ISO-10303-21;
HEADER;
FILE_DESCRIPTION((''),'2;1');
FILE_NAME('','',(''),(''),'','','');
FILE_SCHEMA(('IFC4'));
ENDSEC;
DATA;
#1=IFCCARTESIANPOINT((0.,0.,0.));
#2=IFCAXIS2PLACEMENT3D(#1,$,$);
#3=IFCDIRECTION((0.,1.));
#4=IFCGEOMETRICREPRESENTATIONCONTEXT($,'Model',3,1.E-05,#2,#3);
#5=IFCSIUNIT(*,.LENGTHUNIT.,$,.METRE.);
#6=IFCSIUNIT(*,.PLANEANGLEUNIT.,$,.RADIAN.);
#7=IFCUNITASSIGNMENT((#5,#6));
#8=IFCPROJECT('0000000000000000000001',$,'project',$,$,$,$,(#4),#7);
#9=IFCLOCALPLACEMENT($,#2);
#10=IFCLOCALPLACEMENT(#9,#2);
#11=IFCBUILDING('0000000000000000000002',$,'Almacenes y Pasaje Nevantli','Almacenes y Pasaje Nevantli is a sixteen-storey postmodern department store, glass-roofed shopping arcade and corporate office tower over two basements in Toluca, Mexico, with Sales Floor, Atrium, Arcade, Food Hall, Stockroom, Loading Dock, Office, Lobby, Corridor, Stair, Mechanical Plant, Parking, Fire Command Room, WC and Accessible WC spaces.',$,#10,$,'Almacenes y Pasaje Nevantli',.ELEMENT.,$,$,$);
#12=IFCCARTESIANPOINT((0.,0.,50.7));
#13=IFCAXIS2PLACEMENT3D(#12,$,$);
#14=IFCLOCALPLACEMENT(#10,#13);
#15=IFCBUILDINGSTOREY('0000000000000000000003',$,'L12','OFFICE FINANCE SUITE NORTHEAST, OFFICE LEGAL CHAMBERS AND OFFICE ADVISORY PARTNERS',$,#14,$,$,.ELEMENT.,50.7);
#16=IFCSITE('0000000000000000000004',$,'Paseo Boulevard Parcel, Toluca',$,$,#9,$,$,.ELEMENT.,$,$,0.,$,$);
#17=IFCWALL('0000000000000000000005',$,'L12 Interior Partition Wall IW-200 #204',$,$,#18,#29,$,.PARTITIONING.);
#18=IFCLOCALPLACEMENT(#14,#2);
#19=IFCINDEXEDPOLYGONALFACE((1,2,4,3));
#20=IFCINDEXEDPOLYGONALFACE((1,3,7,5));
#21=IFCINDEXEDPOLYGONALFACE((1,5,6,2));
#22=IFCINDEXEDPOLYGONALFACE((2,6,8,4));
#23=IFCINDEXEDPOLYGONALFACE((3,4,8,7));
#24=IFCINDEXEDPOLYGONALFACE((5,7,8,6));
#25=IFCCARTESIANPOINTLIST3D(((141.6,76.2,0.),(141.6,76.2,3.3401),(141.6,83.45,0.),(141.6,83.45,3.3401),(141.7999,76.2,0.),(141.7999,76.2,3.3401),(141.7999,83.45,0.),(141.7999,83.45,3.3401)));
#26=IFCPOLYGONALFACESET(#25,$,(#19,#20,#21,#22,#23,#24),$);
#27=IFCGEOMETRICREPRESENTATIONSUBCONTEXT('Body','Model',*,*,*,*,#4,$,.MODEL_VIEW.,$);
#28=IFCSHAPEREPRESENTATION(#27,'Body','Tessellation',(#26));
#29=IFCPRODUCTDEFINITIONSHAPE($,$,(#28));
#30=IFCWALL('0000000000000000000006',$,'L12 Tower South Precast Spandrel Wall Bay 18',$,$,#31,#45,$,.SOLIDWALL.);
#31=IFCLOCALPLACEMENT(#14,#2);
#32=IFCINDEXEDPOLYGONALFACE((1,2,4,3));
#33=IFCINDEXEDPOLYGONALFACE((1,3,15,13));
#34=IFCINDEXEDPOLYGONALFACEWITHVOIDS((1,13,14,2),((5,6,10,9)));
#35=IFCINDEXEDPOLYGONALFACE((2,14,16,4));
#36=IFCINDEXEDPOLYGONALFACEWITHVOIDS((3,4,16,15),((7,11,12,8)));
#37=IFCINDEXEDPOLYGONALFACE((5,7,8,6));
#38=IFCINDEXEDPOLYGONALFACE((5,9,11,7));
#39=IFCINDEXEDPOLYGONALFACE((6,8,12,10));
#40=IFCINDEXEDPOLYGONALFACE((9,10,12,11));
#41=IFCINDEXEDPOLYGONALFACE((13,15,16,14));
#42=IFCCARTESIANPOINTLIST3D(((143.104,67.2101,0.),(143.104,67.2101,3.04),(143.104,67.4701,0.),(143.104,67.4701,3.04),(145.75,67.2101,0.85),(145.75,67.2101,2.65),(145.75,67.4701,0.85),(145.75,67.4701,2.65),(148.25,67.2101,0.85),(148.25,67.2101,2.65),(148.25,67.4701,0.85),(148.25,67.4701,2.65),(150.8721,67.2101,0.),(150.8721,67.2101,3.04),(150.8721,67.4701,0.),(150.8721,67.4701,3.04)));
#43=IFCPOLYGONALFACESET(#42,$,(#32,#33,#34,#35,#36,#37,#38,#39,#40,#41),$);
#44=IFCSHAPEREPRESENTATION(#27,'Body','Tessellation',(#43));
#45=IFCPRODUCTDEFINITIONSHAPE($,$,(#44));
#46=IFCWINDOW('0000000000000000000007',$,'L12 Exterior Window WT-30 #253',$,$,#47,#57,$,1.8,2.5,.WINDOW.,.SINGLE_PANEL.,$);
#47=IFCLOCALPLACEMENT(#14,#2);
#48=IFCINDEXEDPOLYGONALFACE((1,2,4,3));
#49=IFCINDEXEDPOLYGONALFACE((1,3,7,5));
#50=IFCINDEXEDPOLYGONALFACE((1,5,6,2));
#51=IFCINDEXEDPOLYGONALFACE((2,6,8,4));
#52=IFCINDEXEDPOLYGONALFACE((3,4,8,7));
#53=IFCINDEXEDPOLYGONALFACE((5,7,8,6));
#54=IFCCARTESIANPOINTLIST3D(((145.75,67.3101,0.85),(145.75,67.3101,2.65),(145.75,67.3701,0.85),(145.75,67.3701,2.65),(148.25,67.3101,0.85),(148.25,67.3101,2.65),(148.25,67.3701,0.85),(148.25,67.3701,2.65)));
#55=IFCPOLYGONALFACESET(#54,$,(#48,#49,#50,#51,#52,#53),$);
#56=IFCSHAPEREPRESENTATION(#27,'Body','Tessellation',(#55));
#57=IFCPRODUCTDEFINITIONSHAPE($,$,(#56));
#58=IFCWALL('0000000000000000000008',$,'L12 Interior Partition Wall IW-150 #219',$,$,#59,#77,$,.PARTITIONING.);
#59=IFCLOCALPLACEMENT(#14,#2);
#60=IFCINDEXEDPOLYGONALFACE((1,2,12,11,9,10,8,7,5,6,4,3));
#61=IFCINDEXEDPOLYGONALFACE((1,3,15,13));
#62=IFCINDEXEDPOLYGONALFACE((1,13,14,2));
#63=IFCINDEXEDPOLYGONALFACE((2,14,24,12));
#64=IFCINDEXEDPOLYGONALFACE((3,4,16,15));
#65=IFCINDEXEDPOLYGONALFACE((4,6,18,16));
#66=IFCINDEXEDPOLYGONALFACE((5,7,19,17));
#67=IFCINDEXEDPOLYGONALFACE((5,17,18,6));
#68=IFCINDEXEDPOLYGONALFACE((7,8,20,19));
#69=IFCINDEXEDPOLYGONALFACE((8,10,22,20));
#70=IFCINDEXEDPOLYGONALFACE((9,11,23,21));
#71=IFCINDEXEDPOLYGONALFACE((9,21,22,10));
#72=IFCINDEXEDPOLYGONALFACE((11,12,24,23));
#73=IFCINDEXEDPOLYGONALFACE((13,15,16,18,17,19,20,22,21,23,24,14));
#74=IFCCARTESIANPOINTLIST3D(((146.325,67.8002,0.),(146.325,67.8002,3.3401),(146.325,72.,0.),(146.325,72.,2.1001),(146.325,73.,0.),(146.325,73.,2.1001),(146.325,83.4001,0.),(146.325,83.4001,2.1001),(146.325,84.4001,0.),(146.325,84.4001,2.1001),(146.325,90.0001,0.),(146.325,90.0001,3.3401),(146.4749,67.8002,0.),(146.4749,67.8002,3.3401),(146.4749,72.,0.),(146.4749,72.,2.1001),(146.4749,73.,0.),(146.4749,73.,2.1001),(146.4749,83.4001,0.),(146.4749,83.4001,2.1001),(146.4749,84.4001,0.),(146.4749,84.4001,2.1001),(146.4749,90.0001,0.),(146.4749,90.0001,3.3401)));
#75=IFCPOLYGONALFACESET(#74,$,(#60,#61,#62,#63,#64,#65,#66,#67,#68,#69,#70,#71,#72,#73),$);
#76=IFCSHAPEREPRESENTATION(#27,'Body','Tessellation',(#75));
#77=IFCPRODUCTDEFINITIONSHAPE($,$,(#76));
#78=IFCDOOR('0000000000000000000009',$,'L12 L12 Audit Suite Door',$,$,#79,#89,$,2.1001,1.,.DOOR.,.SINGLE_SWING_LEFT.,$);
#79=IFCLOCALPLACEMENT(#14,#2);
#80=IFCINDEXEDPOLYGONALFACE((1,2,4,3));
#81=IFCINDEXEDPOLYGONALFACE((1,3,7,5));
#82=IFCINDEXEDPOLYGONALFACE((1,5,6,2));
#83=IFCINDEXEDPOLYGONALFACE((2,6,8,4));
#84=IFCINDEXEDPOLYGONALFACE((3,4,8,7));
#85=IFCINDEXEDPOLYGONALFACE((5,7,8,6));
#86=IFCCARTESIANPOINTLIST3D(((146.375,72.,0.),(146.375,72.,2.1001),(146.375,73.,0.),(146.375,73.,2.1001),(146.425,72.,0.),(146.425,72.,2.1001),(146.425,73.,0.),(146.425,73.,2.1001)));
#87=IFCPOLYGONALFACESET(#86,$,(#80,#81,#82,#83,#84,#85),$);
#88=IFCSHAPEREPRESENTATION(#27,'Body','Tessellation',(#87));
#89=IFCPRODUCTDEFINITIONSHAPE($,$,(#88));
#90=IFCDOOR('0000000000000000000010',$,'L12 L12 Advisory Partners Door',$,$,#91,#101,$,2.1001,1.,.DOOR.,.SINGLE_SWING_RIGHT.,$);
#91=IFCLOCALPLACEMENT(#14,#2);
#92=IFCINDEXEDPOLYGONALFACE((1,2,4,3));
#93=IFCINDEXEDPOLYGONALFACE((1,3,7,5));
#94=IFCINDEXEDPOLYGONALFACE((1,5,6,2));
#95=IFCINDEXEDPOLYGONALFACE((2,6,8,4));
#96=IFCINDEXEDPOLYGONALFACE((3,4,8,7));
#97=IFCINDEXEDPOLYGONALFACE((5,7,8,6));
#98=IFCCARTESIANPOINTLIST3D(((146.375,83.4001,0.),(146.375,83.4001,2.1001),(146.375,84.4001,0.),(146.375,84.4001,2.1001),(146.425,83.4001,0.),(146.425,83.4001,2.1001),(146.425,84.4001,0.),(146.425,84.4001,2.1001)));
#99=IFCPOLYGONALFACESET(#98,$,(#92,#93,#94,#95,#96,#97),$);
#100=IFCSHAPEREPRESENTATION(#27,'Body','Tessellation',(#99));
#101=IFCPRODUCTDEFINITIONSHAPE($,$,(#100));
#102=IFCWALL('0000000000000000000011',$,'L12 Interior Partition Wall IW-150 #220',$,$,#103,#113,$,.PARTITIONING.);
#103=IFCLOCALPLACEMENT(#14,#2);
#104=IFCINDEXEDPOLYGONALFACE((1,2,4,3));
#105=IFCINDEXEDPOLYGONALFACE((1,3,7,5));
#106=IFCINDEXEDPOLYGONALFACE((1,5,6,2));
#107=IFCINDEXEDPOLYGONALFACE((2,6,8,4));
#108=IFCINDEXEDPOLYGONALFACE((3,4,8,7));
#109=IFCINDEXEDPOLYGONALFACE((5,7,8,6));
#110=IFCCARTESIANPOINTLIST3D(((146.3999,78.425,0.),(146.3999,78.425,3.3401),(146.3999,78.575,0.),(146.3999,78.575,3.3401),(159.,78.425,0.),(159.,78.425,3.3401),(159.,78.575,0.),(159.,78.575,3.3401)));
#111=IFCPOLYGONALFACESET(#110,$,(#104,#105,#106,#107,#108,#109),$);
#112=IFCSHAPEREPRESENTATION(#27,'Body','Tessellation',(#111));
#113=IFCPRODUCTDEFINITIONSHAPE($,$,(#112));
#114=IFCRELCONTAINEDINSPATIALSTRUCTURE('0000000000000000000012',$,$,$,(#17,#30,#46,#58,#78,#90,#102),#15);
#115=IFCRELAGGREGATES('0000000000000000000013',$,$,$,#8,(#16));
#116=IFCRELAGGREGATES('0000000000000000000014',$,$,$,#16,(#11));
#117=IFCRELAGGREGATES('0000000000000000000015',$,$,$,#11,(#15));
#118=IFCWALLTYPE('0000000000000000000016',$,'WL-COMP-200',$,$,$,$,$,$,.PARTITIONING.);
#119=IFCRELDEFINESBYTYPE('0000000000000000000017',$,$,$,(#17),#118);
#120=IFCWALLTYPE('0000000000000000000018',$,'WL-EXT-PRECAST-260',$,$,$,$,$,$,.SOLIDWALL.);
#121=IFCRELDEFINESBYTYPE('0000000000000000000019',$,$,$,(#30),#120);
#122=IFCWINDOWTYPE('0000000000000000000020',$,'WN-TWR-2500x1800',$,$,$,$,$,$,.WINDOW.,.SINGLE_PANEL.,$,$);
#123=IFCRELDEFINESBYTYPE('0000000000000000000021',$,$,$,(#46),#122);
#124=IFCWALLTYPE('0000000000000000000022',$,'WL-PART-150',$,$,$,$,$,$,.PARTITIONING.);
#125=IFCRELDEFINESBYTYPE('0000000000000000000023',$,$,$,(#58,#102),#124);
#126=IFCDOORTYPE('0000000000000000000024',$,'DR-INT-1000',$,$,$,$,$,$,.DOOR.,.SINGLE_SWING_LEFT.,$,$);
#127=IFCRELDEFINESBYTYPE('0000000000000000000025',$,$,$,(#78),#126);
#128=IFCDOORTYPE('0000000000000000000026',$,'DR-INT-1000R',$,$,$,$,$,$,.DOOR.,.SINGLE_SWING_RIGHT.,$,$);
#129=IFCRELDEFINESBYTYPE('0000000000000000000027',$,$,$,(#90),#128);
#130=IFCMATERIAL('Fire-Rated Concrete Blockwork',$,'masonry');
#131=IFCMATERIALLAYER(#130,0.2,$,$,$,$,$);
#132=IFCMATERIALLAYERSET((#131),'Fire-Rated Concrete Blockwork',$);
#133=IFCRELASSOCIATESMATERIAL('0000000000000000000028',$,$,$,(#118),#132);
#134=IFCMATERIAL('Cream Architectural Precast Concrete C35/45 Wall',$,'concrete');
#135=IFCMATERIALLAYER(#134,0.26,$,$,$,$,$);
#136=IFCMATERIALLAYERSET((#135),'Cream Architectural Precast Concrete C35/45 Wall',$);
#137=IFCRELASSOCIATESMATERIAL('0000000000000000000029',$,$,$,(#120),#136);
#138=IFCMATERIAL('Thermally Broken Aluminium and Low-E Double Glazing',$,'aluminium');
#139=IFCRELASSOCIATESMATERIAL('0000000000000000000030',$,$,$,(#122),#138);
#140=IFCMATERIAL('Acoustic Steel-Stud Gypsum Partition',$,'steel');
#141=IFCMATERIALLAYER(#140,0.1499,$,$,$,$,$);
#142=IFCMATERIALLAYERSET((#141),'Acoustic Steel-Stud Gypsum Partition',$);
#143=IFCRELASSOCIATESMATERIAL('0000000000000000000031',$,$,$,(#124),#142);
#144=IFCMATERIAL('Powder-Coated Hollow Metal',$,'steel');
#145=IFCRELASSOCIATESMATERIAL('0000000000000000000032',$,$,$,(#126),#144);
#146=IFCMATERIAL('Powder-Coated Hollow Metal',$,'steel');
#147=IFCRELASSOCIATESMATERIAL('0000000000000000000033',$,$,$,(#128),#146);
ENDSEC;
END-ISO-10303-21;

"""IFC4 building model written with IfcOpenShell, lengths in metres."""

from ifc_helpers import new_model, si_unit, direction, frame, frame_2d, origin, place, context, subcontext, project, spatial, rectangle, extrude, material, layer, layer_set, type_object, element, fill, save


model = new_model("IFC4")

# Units and contexts
model_context = context("Model", 3, precision=1e-05, world=origin(), true_north=direction((0.0, 1.0)))
body_context = subcontext(model_context, "Body", "Model", "MODEL_VIEW")
ifc_project = project(units=[si_unit("LENGTHUNIT", "METRE"), si_unit("PLANEANGLEUNIT", "RADIAN")], contexts=[model_context])

# Site, building, storey
site_placement = place(None, origin())
site = spatial("IfcSite", under=ifc_project, at=site_placement, Name="Paseo Boulevard Parcel, Toluca", CompositionType="ELEMENT", RefElevation=0.0)
building_placement = place(site_placement, origin())
building = spatial("IfcBuilding", under=site, at=building_placement, Name="Almacenes y Pasaje Nevantli", Description="Almacenes y Pasaje Nevantli is a sixteen-storey postmodern department store, glass-roofed shopping arcade and corporate office tower over two basements in Toluca, Mexico, with Sales Floor, Atrium, Arcade, Food Hall, Stockroom, Loading Dock, Office, Lobby, Corridor, Stair, Mechanical Plant, Parking, Fire Command Room, WC and Accessible WC spaces.", LongName="Almacenes y Pasaje Nevantli", CompositionType="ELEMENT")
storey_placement = place(building_placement, frame((0.0, 0.0, 50.7)))
storey = spatial("IfcBuildingStorey", under=building, at=storey_placement, Name="L12", Description="OFFICE FINANCE SUITE NORTHEAST, OFFICE LEGAL CHAMBERS AND OFFICE ADVISORY PARTNERS", CompositionType="ELEMENT", Elevation=50.7)

# Wall
ifc_material_1 = material(Name="Fire-Rated Concrete Blockwork", Category="masonry")
ifc_layer_1 = layer(ifc_material_1, 0.2)
ifc_layer_set_1 = layer_set([ifc_layer_1], Name="Fire-Rated Concrete Blockwork")
wall_type_1 = type_object("IfcWallType", Name="WL-COMP-200", PredefinedType="PARTITIONING", material=ifc_layer_set_1)
wall_1_placement = place(storey_placement, frame((141.7, 76.2, 0.0), z_axis=(0.0, 0.0, 1.0), x_axis=(0.0, 1.0, 0.0)))
element("IfcWall", 1, at=wall_1_placement, inside=storey, type_object=wall_type_1, Name="L12 Interior Partition Wall IW-200 #204", PredefinedType="PARTITIONING", context=body_context, shape_type="SweptSolid", body=[
    extrude(rectangle(XDim=7.25, YDim=0.2, at=frame_2d((3.625, 0.0))), origin(), (0.0, 0.0, 1.0), 3.3401),
])

# Wall, opening, window
ifc_material_2 = material(Name="Cream Architectural Precast Concrete C35/45 Wall", Category="concrete")
ifc_layer_2 = layer(ifc_material_2, 0.26)
ifc_layer_set_2 = layer_set([ifc_layer_2], Name="Cream Architectural Precast Concrete C35/45 Wall")
wall_type_2 = type_object("IfcWallType", Name="WL-EXT-PRECAST-260", PredefinedType="SOLIDWALL", material=ifc_layer_set_2)
wall_2_placement = place(storey_placement, frame((143.104, 67.3401, 0.0), z_axis=(0.0, 0.0, 1.0), x_axis=(1.0, 0.0, 0.0)))
wall_2 = element("IfcWall", 2, at=wall_2_placement, inside=storey, type_object=wall_type_2, Name="L12 Tower South Precast Spandrel Wall Bay 18", PredefinedType="SOLIDWALL", context=body_context, shape_type="SweptSolid", body=[
    extrude(rectangle(XDim=7.7681, YDim=0.26, at=frame_2d((3.884, 0.0))), origin(), (0.0, 0.0, 1.0), 3.04),
])
opening_1_placement = place(wall_2_placement, frame((2.646, 0.0, 0.8501)))
opening_1 = element("IfcOpeningElement", 3, at=opening_1_placement, cuts=wall_2, PredefinedType="OPENING", context=body_context, shape_type="SweptSolid", body=[
    extrude(rectangle(XDim=2.5, YDim=1.8, at=frame_2d((1.25, 0.8999))), frame((0.0, 0.1399, 0.0), z_axis=(0.0, -1.0, 0.0), x_axis=(1.0, 0.0, 0.0)), (0.0, 0.0, 1.0), 0.28),
])
ifc_material_3 = material(Name="Thermally Broken Aluminium and Low-E Double Glazing", Category="aluminium")
window_type = type_object("IfcWindowType", Name="WN-TWR-2500x1800", PartitioningType="SINGLE_PANEL", PredefinedType="WINDOW", material=ifc_material_3)
window_placement = place(opening_1_placement, origin())
window = element("IfcWindow", 4, at=window_placement, inside=storey, type_object=window_type, Name="L12 Exterior Window WT-30 #253", OverallHeight=1.8, OverallWidth=2.5, PartitioningType="SINGLE_PANEL", PredefinedType="WINDOW", context=body_context, shape_type="SweptSolid", body=[
    extrude(rectangle(XDim=2.5, YDim=1.8, at=frame_2d((1.25, 0.8999))), frame((0.0, 0.03, 0.0), z_axis=(0.0, -1.0, 0.0), x_axis=(1.0, 0.0, 0.0)), (0.0, 0.0, 1.0), 0.0601),
])
fill(opening_1, window)

# Wall, openings, doors
ifc_material_4 = material(Name="Acoustic Steel-Stud Gypsum Partition", Category="steel")
ifc_layer_3 = layer(ifc_material_4, 0.1499)
ifc_layer_set_3 = layer_set([ifc_layer_3], Name="Acoustic Steel-Stud Gypsum Partition")
wall_type_3 = type_object("IfcWallType", Name="WL-PART-150", PredefinedType="PARTITIONING", material=ifc_layer_set_3)
wall_3_placement = place(storey_placement, frame((146.3999, 67.8, 0.0), z_axis=(0.0, 0.0, 1.0), x_axis=(0.0, 1.0, 0.0)))
wall_3 = element("IfcWall", 5, at=wall_3_placement, inside=storey, type_object=wall_type_3, Name="L12 Interior Partition Wall IW-150 #219", PredefinedType="PARTITIONING", context=body_context, shape_type="SweptSolid", body=[
    extrude(rectangle(XDim=22.2, YDim=0.1499, at=frame_2d((11.1001, 0.0))), origin(), (0.0, 0.0, 1.0), 3.3401),
])
opening_2_placement = place(wall_3_placement, frame((4.2, 0.0, 0.0)))
opening_2 = element("IfcOpeningElement", 6, at=opening_2_placement, cuts=wall_3, PredefinedType="OPENING", context=body_context, shape_type="SweptSolid", body=[
    extrude(rectangle(XDim=1.0, YDim=2.1001, at=frame_2d((0.5, 1.05))), frame((0.0, 0.085, 0.0), z_axis=(0.0, -1.0, 0.0), x_axis=(1.0, 0.0, 0.0)), (0.0, 0.0, 1.0), 0.1699),
])
opening_3_placement = place(wall_3_placement, frame((15.6001, 0.0, 0.0)))
opening_3 = element("IfcOpeningElement", 7, at=opening_3_placement, cuts=wall_3, PredefinedType="OPENING", context=body_context, shape_type="SweptSolid", body=[
    extrude(rectangle(XDim=1.0, YDim=2.1001, at=frame_2d((0.5, 1.05))), frame((0.0, 0.085, 0.0), z_axis=(0.0, -1.0, 0.0), x_axis=(1.0, 0.0, 0.0)), (0.0, 0.0, 1.0), 0.1699),
])
ifc_material_5 = material(Name="Powder-Coated Hollow Metal", Category="steel")
door_type_1 = type_object("IfcDoorType", Name="DR-INT-1000", OperationType="SINGLE_SWING_LEFT", PredefinedType="DOOR", material=ifc_material_5)
door_1_placement = place(opening_2_placement, origin())
door_1 = element("IfcDoor", 8, at=door_1_placement, inside=storey, type_object=door_type_1, Name="L12 L12 Audit Suite Door", OperationType="SINGLE_SWING_LEFT", OverallHeight=2.1001, OverallWidth=1.0, PredefinedType="DOOR", context=body_context, shape_type="SweptSolid", body=[
    extrude(rectangle(XDim=1.0, YDim=2.1001, at=frame_2d((0.5, 1.05))), frame((0.0, 0.0249, 0.0), z_axis=(0.0, -1.0, 0.0), x_axis=(1.0, 0.0, 0.0)), (0.0, 0.0, 1.0), 0.05),
])
fill(opening_2, door_1)
ifc_material_6 = material(Name="Powder-Coated Hollow Metal", Category="steel")
door_type_2 = type_object("IfcDoorType", Name="DR-INT-1000R", OperationType="SINGLE_SWING_RIGHT", PredefinedType="DOOR", material=ifc_material_6)
door_2_placement = place(opening_3_placement, origin())
door_2 = element("IfcDoor", 9, at=door_2_placement, inside=storey, type_object=door_type_2, Name="L12 L12 Advisory Partners Door", OperationType="SINGLE_SWING_RIGHT", OverallHeight=2.1001, OverallWidth=1.0, PredefinedType="DOOR", context=body_context, shape_type="SweptSolid", body=[
    extrude(rectangle(XDim=1.0, YDim=2.1001, at=frame_2d((0.5, 1.05))), frame((0.0, 0.0249, 0.0), z_axis=(0.0, -1.0, 0.0), x_axis=(1.0, 0.0, 0.0)), (0.0, 0.0, 1.0), 0.05),
])
fill(opening_3, door_2)

# Wall
wall_4_placement = place(storey_placement, frame((146.3999, 78.5, 0.0), z_axis=(0.0, 0.0, 1.0), x_axis=(1.0, 0.0, 0.0)))
element("IfcWall", 10, at=wall_4_placement, inside=storey, type_object=wall_type_3, Name="L12 Interior Partition Wall IW-150 #220", PredefinedType="PARTITIONING", context=body_context, shape_type="SweptSolid", body=[
    extrude(rectangle(XDim=12.6001, YDim=0.1499, at=frame_2d((6.3, 0.0))), origin(), (0.0, 0.0, 1.0), 3.3401),
])

save(model, "model.ifc")
